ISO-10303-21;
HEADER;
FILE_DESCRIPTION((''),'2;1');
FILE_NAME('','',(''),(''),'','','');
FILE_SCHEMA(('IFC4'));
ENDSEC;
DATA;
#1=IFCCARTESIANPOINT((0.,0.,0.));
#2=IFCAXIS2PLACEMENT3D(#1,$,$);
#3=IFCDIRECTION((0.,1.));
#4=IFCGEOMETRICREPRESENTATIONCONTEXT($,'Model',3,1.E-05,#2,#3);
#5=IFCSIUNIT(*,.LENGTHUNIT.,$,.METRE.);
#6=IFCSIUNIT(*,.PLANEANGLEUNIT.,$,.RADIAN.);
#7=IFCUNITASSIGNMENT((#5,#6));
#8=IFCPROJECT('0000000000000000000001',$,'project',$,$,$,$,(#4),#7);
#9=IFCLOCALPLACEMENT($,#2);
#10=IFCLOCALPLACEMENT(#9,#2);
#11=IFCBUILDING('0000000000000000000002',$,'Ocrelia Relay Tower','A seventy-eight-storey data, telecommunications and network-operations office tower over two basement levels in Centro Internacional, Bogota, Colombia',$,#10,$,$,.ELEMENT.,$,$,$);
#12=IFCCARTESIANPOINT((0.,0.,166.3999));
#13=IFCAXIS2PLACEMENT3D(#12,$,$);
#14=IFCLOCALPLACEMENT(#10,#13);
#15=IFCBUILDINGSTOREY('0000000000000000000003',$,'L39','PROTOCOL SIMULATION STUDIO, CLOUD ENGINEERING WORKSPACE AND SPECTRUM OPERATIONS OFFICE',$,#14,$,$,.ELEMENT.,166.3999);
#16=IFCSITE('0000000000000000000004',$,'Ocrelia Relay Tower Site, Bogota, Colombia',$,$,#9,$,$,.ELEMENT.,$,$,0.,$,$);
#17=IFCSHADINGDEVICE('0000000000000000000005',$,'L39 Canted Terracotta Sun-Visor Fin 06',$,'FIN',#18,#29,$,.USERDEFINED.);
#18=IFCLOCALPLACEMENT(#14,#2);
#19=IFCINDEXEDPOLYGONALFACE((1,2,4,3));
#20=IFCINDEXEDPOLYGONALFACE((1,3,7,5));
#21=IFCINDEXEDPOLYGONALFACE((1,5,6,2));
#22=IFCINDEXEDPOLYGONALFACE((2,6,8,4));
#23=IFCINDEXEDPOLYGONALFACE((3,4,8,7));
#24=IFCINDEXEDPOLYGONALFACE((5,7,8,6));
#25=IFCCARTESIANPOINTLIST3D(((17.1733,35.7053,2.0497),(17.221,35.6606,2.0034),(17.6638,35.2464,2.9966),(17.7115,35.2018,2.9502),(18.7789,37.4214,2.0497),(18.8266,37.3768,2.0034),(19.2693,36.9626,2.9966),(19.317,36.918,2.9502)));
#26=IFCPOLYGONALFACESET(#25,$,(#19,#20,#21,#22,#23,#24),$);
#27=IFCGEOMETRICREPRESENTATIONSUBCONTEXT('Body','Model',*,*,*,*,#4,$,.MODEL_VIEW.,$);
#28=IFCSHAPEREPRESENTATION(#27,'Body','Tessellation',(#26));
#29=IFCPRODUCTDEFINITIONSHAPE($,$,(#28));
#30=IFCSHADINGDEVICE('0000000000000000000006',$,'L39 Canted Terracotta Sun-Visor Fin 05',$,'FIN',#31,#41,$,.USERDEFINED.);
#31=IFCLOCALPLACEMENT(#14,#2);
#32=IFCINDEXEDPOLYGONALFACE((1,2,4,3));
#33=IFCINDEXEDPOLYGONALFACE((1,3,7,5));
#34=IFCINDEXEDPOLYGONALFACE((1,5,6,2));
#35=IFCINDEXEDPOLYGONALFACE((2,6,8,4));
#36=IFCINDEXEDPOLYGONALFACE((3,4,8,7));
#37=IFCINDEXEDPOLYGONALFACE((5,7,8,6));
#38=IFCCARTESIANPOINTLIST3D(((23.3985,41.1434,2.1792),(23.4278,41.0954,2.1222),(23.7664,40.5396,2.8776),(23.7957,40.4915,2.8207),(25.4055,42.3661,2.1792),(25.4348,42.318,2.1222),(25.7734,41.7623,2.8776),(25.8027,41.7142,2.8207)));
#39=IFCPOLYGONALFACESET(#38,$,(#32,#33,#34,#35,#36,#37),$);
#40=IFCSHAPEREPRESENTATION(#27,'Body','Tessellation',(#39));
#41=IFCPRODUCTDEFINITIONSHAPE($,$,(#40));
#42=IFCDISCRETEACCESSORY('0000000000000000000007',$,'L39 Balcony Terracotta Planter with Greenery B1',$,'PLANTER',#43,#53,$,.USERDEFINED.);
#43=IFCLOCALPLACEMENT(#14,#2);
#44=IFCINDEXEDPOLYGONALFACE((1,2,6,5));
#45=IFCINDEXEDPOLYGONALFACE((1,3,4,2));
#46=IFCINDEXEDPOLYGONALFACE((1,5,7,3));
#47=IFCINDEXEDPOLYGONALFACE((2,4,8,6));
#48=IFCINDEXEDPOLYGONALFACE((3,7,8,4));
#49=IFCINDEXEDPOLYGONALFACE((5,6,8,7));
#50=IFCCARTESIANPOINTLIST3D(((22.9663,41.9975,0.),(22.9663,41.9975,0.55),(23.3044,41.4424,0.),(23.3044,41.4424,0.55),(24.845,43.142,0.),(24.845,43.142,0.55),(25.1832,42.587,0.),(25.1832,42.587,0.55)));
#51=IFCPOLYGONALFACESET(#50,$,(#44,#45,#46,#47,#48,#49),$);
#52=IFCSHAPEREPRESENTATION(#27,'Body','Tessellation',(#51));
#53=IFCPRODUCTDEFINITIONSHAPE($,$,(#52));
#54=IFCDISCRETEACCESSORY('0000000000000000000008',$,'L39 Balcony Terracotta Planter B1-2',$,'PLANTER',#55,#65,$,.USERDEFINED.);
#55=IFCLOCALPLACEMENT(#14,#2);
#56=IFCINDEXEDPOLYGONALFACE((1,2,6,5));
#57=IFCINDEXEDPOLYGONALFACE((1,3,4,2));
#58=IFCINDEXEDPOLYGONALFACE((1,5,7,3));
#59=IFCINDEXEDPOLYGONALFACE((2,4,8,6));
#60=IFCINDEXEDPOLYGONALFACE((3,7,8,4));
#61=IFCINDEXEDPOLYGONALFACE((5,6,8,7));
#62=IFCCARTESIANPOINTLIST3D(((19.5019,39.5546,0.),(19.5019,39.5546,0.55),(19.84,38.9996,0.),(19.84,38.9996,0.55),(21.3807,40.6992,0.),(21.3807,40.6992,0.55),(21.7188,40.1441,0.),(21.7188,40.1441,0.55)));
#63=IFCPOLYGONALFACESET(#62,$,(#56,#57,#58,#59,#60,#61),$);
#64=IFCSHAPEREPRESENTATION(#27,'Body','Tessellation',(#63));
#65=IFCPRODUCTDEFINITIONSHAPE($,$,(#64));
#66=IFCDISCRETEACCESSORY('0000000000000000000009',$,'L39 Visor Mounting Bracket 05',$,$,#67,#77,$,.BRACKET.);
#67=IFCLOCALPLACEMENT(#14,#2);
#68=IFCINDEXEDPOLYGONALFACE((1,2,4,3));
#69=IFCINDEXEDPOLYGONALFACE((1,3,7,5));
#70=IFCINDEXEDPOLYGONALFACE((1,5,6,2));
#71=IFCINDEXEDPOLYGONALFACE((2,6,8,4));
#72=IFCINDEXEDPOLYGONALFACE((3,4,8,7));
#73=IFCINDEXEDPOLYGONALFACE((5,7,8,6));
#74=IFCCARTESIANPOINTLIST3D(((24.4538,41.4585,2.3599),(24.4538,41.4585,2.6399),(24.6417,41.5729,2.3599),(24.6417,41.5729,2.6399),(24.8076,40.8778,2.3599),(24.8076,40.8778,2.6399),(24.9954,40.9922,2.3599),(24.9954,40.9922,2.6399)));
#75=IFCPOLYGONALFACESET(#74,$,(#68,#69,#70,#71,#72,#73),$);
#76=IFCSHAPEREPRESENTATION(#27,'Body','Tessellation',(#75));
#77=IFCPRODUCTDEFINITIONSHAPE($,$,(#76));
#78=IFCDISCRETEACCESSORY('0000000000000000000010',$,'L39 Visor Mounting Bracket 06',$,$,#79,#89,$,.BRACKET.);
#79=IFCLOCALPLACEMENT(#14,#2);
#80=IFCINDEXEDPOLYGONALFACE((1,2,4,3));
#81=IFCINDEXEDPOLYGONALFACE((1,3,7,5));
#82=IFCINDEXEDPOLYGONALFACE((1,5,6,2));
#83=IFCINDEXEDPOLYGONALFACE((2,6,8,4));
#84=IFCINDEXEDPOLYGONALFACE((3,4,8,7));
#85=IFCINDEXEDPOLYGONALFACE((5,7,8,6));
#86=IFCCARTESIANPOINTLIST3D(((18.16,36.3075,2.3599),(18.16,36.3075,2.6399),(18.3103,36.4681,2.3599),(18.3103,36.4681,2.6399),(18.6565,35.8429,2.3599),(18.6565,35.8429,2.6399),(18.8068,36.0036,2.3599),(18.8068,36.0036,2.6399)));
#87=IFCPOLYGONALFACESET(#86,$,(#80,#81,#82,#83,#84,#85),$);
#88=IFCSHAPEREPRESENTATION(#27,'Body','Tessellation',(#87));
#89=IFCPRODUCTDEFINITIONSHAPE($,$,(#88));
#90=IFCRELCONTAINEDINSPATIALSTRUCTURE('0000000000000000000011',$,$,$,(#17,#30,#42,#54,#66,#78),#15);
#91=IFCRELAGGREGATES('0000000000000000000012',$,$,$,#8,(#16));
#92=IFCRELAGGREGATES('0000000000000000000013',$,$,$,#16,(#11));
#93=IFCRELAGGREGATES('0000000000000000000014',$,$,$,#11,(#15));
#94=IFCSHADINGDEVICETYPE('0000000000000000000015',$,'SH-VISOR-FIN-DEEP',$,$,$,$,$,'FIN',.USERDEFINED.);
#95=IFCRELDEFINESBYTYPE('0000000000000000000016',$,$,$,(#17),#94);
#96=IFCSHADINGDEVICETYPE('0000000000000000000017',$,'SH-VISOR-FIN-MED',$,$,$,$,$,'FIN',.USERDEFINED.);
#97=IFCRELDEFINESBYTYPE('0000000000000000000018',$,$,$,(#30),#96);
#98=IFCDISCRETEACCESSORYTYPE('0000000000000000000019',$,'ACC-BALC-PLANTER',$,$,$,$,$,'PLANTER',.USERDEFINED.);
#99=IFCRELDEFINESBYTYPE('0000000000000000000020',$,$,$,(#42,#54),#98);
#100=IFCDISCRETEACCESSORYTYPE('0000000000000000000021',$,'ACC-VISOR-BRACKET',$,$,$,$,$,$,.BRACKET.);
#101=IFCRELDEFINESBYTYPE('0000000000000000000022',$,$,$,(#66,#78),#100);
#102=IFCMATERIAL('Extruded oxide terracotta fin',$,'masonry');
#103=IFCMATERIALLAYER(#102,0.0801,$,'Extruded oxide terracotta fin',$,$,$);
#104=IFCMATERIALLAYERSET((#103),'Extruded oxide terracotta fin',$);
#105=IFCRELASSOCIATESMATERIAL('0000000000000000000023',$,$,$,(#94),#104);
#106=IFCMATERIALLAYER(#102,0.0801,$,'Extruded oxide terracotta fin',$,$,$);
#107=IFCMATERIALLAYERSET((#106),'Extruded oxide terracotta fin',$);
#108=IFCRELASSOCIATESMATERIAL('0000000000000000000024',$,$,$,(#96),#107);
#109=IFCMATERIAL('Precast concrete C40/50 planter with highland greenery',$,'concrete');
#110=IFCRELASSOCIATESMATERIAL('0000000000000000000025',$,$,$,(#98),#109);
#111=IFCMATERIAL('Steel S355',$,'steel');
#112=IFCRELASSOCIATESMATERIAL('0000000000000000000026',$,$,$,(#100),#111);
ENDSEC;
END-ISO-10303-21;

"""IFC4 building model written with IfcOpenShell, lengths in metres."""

from ifc_helpers import new_model, si_unit, direction, frame, origin, origin_2d, place, context, subcontext, project, spatial, rectangle, extrude, material, layer, layer_set, type_object, element, save


model = new_model("IFC4")

# Units and contexts
model_context = context("Model", 3, precision=1e-05, world=origin(), true_north=direction((0.0, 1.0)))
body_context = subcontext(model_context, "Body", "Model", "MODEL_VIEW")
ifc_project = project(units=[si_unit("LENGTHUNIT", "METRE"), si_unit("PLANEANGLEUNIT", "RADIAN")], contexts=[model_context])

# Site, building, storey
site_placement = place(None, origin())
site = spatial("IfcSite", under=ifc_project, at=site_placement, Name="Ocrelia Relay Tower Site, Bogota, Colombia", CompositionType="ELEMENT", RefElevation=0.0)
building_placement = place(site_placement, origin())
building = spatial("IfcBuilding", under=site, at=building_placement, Name="Ocrelia Relay Tower", Description="A seventy-eight-storey data, telecommunications and network-operations office tower over two basement levels in Centro Internacional, Bogota, Colombia", CompositionType="ELEMENT")
storey_placement = place(building_placement, frame((0.0, 0.0, 166.3999)))
storey = spatial("IfcBuildingStorey", under=building, at=storey_placement, Name="L39", Description="PROTOCOL SIMULATION STUDIO, CLOUD ENGINEERING WORKSPACE AND SPECTRUM OPERATIONS OFFICE", CompositionType="ELEMENT", Elevation=166.3999)

# Shared definitions
ifc_material_1 = material(Name="Steel S355", Category="steel")

# Shading devices
ifc_material_2 = material(Name="Extruded oxide terracotta fin", Category="masonry")
ifc_layer_1 = layer(ifc_material_2, 0.0801, Name="Extruded oxide terracotta fin")
ifc_layer_set_1 = layer_set([ifc_layer_1], Name="Extruded oxide terracotta fin")
shading_device_type_1 = type_object("IfcShadingDeviceType", Name="SH-VISOR-FIN-DEEP", ElementType="FIN", PredefinedType="USERDEFINED", material=ifc_layer_set_1)
shading_device_1_placement = place(storey_placement, frame((18.269, 36.2893, 2.4768), z_axis=(-0.595625, 0.557215, 0.57857), x_axis=(-0.683169, -0.730261, 0.0)))
element("IfcShadingDevice", 1, at=shading_device_1_placement, inside=storey, type_object=shading_device_type_1, Name="L39 Canted Terracotta Sun-Visor Fin 06", ObjectType="FIN", PredefinedType="USERDEFINED", context=body_context, shape_type="SweptSolid", body=[
    extrude(rectangle(XDim=2.3501, YDim=1.1609, at=origin_2d()), origin(), (0.0, 0.0, 1.0), 0.0801),
])
ifc_layer_2 = layer(ifc_material_2, 0.0801, Name="Extruded oxide terracotta fin")
ifc_layer_set_2 = layer_set([ifc_layer_2], Name="Extruded oxide terracotta fin")
shading_device_type_2 = type_object("IfcShadingDeviceType", Name="SH-VISOR-FIN-MED", ElementType="FIN", PredefinedType="USERDEFINED", material=ifc_layer_set_2)
shading_device_2_placement = place(storey_placement, frame((24.6152, 41.4048, 2.4714), z_axis=(-0.36563, 0.600172, 0.711413), x_axis=(-0.854003, -0.520267, 0.0)))
element("IfcShadingDevice", 2, at=shading_device_2_placement, inside=storey, type_object=shading_device_type_2, Name="L39 Canted Terracotta Sun-Visor Fin 05", ObjectType="FIN", PredefinedType="USERDEFINED", context=body_context, shape_type="SweptSolid", body=[
    extrude(rectangle(XDim=2.3501, YDim=0.9939, at=origin_2d()), origin(), (0.0, 0.0, 1.0), 0.0801),
])

# Discrete accessories
ifc_material_3 = material(Name="Precast concrete C40/50 planter with highland greenery", Category="concrete")
discrete_accessory_type_1 = type_object("IfcDiscreteAccessoryType", Name="ACC-BALC-PLANTER", ElementType="PLANTER", PredefinedType="USERDEFINED", material=ifc_material_3)
for number, where, z_axis, x_axis, name in (
    (3, (24.0747, 42.2922, 0.0), (0.0, 0.0, 1.0), (0.854004, 0.520266, 0.0), "L39 Balcony Terracotta Planter with Greenery B1"),
    (4, (20.6104, 39.8494, 0.0), (0.0, 0.0, 1.0), (0.854004, 0.520266, 0.0), "L39 Balcony Terracotta Planter B1-2"),
):
    element("IfcDiscreteAccessory", number, at=place(storey_placement, frame(where, z_axis=z_axis, x_axis=x_axis)), inside=storey, type_object=discrete_accessory_type_1, Name=name, ObjectType="PLANTER", PredefinedType="USERDEFINED", context=body_context, shape_type="SweptSolid", body=[
        extrude(rectangle(XDim=2.2, YDim=0.6499, at=origin_2d()), origin(), (0.0, 0.0, 1.0), 0.55),
    ])
discrete_accessory_type_2 = type_object("IfcDiscreteAccessoryType", Name="ACC-VISOR-BRACKET", PredefinedType="BRACKET", material=ifc_material_1)
for number, where, z_axis, x_axis, name in (
    (5, (24.7246, 41.2253, 2.3599), (0.0, 0.0, 1.0), (-0.854003, -0.520267, 0.0), "L39 Visor Mounting Bracket 05"),
    (6, (18.4834, 36.1555, 2.3599), (0.0, 0.0, 1.0), (-0.683169, -0.730261, 0.0), "L39 Visor Mounting Bracket 06"),
):
    element("IfcDiscreteAccessory", number, at=place(storey_placement, frame(where, z_axis=z_axis, x_axis=x_axis)), inside=storey, type_object=discrete_accessory_type_2, Name=name, PredefinedType="BRACKET", context=body_context, shape_type="SweptSolid", body=[
        extrude(rectangle(XDim=0.22, YDim=0.6799, at=origin_2d()), origin(), (0.0, 0.0, 1.0), 0.28),
    ])

save(model, "model.ifc")
